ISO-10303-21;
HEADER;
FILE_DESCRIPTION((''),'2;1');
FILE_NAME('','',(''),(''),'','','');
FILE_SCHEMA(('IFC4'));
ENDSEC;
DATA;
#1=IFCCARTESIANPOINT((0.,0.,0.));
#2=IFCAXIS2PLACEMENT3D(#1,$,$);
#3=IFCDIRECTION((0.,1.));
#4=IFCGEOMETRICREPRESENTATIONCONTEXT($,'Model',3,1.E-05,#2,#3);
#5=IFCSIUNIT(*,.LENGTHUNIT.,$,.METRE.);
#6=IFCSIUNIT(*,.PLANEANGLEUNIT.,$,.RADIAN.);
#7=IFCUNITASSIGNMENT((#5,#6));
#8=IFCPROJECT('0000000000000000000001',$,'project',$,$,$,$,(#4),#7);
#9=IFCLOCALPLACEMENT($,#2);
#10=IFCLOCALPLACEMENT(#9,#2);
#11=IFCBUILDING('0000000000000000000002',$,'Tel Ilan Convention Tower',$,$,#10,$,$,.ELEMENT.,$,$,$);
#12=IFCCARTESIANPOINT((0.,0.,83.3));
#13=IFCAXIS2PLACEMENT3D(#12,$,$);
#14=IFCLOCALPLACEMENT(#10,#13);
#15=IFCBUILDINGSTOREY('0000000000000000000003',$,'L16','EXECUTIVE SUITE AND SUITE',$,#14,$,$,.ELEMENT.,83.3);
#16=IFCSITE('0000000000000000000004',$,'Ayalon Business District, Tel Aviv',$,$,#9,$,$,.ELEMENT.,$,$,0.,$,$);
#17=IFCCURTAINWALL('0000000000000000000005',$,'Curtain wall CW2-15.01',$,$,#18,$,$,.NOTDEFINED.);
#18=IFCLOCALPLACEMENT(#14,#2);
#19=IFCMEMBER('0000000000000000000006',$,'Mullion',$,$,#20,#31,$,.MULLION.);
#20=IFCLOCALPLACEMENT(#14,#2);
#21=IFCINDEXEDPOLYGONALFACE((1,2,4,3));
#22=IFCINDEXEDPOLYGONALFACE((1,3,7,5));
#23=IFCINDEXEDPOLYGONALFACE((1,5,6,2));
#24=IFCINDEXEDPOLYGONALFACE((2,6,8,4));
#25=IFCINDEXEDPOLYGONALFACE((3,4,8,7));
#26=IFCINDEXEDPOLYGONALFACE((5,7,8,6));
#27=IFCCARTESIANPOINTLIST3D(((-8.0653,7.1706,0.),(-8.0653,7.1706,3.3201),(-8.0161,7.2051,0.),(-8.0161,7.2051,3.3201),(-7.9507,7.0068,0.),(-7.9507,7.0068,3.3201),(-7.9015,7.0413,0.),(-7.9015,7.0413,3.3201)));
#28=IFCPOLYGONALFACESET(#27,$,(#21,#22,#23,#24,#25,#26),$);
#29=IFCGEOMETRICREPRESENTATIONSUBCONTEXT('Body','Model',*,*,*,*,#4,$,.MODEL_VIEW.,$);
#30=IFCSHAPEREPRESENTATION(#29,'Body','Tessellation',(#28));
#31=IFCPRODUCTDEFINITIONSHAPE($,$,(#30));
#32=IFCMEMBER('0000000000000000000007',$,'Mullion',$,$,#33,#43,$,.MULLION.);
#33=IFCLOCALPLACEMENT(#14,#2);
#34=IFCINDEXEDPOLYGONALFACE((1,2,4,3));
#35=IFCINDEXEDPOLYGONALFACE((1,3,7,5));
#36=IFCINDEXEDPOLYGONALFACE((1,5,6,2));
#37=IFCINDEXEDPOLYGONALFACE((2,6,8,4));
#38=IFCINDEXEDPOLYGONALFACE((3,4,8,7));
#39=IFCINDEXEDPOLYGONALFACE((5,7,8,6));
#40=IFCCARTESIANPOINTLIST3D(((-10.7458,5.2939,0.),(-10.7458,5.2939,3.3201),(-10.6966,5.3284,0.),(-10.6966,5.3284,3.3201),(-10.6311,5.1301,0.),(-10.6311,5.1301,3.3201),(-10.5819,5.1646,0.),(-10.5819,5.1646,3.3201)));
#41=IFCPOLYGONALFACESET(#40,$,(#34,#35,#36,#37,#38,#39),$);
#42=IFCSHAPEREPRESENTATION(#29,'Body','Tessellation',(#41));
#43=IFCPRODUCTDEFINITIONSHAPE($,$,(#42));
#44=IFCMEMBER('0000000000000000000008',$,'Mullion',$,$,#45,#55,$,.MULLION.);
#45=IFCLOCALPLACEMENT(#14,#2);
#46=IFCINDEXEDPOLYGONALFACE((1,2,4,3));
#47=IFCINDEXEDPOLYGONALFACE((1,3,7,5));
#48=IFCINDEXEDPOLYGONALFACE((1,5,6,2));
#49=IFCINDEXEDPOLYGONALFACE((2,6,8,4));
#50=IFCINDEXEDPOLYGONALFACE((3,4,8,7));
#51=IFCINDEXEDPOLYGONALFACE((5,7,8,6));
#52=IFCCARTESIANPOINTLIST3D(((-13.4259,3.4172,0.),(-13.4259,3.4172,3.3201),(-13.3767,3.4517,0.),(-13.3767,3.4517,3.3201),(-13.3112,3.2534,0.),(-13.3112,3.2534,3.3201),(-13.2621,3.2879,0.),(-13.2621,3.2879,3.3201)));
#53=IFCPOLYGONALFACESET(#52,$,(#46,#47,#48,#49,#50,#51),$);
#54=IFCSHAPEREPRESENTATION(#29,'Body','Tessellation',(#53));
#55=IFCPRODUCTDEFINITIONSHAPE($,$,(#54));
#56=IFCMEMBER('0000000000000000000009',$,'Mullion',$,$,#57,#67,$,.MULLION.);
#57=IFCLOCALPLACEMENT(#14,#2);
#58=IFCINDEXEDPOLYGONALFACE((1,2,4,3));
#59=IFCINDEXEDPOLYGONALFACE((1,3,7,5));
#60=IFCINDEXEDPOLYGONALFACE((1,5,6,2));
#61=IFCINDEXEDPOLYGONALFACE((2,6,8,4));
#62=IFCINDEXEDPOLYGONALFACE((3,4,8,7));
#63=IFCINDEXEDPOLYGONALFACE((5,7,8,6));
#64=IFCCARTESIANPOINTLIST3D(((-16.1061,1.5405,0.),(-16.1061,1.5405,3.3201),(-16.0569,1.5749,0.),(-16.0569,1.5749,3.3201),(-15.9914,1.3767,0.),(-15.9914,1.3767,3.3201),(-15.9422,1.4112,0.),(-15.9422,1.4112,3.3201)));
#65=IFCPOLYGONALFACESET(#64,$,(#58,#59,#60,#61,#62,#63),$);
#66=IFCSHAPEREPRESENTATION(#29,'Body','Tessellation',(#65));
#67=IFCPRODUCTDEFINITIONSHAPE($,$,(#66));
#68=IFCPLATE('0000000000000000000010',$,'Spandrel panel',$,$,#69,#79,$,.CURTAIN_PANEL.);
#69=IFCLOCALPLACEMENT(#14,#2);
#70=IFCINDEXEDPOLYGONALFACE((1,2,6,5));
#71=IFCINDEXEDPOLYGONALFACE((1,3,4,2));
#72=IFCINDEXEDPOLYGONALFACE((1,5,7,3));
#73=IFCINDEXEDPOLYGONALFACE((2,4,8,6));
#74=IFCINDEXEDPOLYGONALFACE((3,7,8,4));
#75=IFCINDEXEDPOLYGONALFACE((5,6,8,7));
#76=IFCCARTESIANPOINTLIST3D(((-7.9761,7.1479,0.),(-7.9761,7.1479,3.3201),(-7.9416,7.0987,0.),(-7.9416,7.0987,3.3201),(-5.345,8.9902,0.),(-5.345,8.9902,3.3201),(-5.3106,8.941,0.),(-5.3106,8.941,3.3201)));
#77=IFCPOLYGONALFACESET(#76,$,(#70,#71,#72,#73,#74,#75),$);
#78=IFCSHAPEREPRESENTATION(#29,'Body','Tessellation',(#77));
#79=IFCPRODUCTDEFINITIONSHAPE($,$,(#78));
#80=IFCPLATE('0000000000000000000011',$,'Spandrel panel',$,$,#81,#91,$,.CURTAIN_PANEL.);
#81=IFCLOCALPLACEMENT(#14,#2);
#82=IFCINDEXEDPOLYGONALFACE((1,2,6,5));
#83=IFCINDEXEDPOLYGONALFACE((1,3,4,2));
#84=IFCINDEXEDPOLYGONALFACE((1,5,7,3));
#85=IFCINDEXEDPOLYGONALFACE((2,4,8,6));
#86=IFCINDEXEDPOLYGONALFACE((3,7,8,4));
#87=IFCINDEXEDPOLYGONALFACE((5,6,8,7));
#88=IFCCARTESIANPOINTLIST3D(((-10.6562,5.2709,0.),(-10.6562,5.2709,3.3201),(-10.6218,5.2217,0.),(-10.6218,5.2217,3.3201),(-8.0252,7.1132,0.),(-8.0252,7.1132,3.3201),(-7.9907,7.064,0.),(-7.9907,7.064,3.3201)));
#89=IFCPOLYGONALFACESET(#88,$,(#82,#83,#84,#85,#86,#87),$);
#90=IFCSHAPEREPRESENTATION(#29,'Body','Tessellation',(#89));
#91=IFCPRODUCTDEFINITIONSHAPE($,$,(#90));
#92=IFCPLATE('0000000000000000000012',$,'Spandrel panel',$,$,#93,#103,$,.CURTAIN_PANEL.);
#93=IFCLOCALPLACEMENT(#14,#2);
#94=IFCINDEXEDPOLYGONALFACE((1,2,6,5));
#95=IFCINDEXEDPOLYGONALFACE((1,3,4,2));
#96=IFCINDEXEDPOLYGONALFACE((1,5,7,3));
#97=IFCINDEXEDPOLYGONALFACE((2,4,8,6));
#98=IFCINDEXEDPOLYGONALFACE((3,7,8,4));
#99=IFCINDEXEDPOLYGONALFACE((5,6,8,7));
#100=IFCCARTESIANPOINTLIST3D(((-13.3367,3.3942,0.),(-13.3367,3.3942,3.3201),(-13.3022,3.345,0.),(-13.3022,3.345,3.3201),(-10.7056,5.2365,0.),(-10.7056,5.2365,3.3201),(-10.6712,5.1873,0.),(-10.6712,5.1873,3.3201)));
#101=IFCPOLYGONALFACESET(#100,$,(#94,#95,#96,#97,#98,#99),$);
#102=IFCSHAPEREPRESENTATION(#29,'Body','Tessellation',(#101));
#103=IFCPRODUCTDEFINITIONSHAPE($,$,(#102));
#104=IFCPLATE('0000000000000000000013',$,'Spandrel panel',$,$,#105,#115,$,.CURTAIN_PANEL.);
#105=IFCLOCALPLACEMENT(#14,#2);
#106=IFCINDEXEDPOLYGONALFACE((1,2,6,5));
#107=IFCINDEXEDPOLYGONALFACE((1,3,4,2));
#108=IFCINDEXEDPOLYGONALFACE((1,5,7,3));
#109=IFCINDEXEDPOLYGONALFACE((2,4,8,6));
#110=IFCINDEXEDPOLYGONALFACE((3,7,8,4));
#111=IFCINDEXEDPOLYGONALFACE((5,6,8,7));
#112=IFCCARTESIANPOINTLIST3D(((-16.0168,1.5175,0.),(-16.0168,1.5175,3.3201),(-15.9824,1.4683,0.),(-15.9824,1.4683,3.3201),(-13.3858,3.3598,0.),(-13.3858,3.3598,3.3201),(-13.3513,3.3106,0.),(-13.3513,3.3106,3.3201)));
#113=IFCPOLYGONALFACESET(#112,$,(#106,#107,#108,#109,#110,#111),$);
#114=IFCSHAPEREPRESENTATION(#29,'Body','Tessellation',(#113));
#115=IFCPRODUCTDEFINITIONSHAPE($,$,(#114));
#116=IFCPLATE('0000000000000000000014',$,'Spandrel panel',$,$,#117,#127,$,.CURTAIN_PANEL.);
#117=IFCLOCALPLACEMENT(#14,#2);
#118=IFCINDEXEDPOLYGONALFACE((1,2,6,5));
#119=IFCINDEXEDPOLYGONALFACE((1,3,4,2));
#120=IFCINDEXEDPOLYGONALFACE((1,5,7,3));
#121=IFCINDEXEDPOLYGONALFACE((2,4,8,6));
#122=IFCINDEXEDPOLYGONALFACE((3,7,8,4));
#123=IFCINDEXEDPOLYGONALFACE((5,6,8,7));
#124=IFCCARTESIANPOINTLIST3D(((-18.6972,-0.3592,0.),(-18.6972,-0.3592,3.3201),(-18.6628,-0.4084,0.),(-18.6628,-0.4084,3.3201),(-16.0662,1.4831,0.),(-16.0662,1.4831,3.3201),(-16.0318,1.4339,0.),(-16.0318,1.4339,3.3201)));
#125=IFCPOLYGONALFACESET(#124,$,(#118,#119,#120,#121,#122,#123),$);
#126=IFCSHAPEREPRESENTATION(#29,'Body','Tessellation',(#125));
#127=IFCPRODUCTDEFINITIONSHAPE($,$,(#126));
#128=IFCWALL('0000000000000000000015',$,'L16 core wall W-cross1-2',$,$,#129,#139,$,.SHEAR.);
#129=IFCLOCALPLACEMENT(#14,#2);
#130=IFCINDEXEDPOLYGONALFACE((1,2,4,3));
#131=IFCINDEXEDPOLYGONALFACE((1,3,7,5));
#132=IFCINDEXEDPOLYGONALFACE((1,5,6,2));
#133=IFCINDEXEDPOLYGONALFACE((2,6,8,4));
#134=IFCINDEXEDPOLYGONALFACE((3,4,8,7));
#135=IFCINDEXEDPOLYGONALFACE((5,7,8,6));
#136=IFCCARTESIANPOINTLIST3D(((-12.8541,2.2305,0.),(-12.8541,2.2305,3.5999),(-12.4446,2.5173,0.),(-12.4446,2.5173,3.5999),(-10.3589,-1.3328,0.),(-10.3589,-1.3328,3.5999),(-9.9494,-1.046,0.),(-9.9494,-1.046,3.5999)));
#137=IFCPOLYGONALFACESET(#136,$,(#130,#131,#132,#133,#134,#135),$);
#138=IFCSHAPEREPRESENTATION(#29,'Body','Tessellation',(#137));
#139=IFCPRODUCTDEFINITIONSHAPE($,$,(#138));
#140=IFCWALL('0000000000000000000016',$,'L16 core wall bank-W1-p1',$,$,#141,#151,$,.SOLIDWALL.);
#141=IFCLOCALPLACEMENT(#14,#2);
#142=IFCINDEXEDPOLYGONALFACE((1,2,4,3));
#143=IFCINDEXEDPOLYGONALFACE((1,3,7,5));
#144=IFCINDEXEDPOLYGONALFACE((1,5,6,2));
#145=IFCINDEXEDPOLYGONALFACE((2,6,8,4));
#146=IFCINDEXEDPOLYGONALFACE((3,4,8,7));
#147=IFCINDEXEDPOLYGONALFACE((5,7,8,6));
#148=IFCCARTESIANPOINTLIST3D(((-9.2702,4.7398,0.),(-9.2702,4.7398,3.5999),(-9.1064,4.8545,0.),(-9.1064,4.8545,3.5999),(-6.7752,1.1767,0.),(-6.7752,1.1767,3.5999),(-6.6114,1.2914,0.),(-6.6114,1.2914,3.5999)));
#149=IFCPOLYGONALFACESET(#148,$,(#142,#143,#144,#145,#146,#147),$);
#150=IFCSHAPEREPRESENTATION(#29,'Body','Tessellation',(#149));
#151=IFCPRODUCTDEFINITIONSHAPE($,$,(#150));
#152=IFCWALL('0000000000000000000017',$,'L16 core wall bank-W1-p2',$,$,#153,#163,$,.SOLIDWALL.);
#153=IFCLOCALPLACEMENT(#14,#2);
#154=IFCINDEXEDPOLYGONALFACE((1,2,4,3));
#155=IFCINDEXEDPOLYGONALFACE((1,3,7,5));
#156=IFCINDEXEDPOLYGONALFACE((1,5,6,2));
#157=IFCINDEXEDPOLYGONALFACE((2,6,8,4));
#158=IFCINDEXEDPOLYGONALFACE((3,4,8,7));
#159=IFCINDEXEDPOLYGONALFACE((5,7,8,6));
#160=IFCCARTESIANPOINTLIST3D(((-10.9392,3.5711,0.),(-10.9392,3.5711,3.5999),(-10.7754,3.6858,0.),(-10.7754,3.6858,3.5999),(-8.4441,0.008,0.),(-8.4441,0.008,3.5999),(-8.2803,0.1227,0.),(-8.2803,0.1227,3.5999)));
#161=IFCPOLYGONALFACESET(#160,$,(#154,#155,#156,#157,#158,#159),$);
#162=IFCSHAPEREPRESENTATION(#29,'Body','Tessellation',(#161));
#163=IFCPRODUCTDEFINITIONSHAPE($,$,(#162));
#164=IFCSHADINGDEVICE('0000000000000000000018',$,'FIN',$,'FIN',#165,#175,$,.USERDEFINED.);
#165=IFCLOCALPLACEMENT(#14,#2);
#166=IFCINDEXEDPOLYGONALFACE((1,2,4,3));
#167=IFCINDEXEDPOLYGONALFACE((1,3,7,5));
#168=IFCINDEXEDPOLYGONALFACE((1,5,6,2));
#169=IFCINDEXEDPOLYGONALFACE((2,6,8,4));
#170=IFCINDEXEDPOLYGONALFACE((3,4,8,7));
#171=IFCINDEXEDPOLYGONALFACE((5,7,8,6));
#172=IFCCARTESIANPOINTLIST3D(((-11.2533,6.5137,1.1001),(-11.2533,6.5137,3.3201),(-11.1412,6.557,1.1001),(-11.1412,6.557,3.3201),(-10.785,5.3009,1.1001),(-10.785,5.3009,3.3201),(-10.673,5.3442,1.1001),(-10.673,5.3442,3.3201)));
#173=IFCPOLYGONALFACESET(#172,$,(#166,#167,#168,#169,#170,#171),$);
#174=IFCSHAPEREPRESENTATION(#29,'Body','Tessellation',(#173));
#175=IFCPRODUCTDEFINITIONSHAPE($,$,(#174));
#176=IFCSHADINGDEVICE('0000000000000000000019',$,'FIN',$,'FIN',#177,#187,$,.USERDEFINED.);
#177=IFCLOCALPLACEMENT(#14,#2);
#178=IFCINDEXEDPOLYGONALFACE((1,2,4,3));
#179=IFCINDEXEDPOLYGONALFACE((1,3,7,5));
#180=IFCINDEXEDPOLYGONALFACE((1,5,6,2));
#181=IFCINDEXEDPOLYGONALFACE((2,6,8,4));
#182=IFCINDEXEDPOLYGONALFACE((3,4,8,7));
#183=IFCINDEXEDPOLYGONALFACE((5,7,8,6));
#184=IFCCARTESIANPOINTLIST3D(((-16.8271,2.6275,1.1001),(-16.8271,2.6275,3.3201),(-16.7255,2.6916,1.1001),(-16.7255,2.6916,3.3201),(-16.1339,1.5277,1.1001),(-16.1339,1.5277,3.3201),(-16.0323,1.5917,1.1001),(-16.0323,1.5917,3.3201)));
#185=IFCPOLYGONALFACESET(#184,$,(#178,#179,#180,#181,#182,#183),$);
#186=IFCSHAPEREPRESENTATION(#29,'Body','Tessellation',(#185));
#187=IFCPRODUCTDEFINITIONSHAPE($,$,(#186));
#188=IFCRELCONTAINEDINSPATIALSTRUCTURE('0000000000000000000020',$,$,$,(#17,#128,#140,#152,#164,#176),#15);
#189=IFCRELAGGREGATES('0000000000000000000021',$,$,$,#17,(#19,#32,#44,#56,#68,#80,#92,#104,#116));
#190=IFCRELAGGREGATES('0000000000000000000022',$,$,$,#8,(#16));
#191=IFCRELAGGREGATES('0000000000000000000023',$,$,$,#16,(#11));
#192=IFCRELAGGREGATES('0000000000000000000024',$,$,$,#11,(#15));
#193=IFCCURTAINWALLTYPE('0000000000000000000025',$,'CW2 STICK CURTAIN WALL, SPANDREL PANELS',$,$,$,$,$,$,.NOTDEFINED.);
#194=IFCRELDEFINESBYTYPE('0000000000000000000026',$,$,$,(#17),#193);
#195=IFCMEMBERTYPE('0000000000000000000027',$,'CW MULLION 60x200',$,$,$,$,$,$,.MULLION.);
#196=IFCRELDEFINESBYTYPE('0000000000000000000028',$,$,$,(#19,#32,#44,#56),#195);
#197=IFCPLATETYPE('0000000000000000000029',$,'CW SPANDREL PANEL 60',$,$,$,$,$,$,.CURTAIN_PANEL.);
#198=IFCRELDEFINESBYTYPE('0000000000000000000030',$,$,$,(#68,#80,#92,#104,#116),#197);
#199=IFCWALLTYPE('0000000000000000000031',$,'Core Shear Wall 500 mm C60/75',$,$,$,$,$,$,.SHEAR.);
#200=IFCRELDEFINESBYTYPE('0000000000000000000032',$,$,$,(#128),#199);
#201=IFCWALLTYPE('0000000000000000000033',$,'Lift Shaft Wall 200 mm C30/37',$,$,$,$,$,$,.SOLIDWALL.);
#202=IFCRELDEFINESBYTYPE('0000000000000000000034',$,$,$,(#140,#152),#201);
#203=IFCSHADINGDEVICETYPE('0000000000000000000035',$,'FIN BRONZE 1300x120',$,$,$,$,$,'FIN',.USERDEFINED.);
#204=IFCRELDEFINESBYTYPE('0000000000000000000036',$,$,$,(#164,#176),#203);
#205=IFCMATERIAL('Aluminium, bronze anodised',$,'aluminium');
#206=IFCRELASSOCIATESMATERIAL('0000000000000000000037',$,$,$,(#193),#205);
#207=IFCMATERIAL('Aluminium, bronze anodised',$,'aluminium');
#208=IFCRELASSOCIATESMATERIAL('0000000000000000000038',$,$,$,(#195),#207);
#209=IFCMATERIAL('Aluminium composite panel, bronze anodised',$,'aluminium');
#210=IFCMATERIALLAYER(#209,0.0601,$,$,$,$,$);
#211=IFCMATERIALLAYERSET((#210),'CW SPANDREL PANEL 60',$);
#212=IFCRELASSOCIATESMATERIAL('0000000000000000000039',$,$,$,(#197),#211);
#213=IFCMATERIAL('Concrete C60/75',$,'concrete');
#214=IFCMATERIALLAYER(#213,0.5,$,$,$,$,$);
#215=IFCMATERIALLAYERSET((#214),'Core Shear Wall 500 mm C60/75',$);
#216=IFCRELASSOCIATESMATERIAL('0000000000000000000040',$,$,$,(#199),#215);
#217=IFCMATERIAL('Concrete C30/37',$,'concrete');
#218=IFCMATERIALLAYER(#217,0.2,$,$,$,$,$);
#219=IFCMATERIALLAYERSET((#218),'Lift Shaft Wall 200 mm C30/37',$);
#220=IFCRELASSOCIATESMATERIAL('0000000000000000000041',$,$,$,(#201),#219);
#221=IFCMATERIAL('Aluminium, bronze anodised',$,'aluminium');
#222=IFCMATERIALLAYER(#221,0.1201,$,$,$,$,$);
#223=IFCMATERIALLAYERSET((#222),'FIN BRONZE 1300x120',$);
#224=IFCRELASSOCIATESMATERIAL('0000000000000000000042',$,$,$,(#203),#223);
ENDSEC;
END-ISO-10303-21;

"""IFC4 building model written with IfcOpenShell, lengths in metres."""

from ifc_helpers import new_model, si_unit, direction, frame, frame_2d, origin, origin_2d, place, context, subcontext, project, spatial, polyline, rectangle, outline, extrude, material, layer, layer_set, material_profile, profile_set, type_object, element, aggregate, save


model = new_model("IFC4")

# Units and contexts
model_context = context("Model", 3, precision=1e-05, world=origin(), true_north=direction((0.0, 1.0)))
body_context = subcontext(model_context, "Body", "Model", "MODEL_VIEW")
ifc_project = project(units=[si_unit("LENGTHUNIT", "METRE"), si_unit("PLANEANGLEUNIT", "RADIAN")], contexts=[model_context])

# Site, building, storey
site_placement = place(None, origin())
site = spatial("IfcSite", under=ifc_project, at=site_placement, Name="Ayalon Business District, Tel Aviv", CompositionType="ELEMENT", RefElevation=0.0)
building_placement = place(site_placement, origin())
building = spatial("IfcBuilding", under=site, at=building_placement, Name="Tel Ilan Convention Tower", CompositionType="ELEMENT")
storey_placement = place(building_placement, frame((0.0, 0.0, 83.3)))
storey = spatial("IfcBuildingStorey", under=building, at=storey_placement, Name="L16", Description="EXECUTIVE SUITE AND SUITE", CompositionType="ELEMENT", Elevation=83.3)

# Curtain wall, members, plates
ifc_material_1 = material(Name="Aluminium, bronze anodised", Category="aluminium")
curtain_wall_type = type_object("IfcCurtainWallType", Name="CW2 STICK CURTAIN WALL, SPANDREL PANELS", PredefinedType="NOTDEFINED", material=ifc_material_1)
curtain_wall_placement = place(storey_placement, origin())
curtain_wall = element("IfcCurtainWall", 1, at=curtain_wall_placement, inside=storey, type_object=curtain_wall_type, Name="Curtain wall CW2-15.01", PredefinedType="NOTDEFINED")
ifc_material_2 = material(Name="Aluminium, bronze anodised", Category="aluminium")
ifc_material_profile = material_profile(ifc_material_2, rectangle(XDim=0.0601, YDim=0.2, at=origin_2d()), Name="CW MULLION 60x200")
ifc_profile_set = profile_set([ifc_material_profile], Name="Aluminium, bronze anodised")
member_type = type_object("IfcMemberType", Name="CW MULLION 60x200", PredefinedType="MULLION", material=ifc_profile_set)
member_1_placement = place(storey_placement, frame((-7.9834, 7.106, 0.0), z_axis=(0.0, 0.0, 1.0), x_axis=(-0.819152, -0.573576, 0.0)))
member_1 = element("IfcMember", 2, at=member_1_placement, type_object=member_type, Name="Mullion", PredefinedType="MULLION", context=body_context, shape_type="SweptSolid", body=[
    extrude(rectangle(XDim=0.0601, YDim=0.2, at=origin_2d()), origin(), (0.0, 0.0, 1.0), 3.3201),
])
member_2_placement = place(storey_placement, frame((-10.6638, 5.2292, 0.0), z_axis=(0.0, 0.0, 1.0), x_axis=(-0.819152, -0.573576, 0.0)))
member_2 = element("IfcMember", 3, at=member_2_placement, type_object=member_type, Name="Mullion", PredefinedType="MULLION", context=body_context, shape_type="SweptSolid", body=[
    extrude(rectangle(XDim=0.0601, YDim=0.2, at=origin_2d()), origin(), (0.0, 0.0, 1.0), 3.3201),
])
member_3_placement = place(storey_placement, frame((-13.344, 3.3525, 0.0), z_axis=(0.0, 0.0, 1.0), x_axis=(-0.819152, -0.573576, 0.0)))
member_3 = element("IfcMember", 4, at=member_3_placement, type_object=member_type, Name="Mullion", PredefinedType="MULLION", context=body_context, shape_type="SweptSolid", body=[
    extrude(rectangle(XDim=0.0601, YDim=0.2, at=origin_2d()), origin(), (0.0, 0.0, 1.0), 3.3201),
])
member_4_placement = place(storey_placement, frame((-16.0242, 1.4758, 0.0), z_axis=(0.0, 0.0, 1.0), x_axis=(-0.819152, -0.573576, 0.0)))
member_4 = element("IfcMember", 5, at=member_4_placement, type_object=member_type, Name="Mullion", PredefinedType="MULLION", context=body_context, shape_type="SweptSolid", body=[
    extrude(rectangle(XDim=0.0601, YDim=0.2, at=origin_2d()), origin(), (0.0, 0.0, 1.0), 3.3201),
])
ifc_material_3 = material(Name="Aluminium composite panel, bronze anodised", Category="aluminium")
ifc_layer_1 = layer(ifc_material_3, 0.0601)
ifc_layer_set_1 = layer_set([ifc_layer_1], Name="CW SPANDREL PANEL 60")
plate_type = type_object("IfcPlateType", Name="CW SPANDREL PANEL 60", PredefinedType="CURTAIN_PANEL", material=ifc_layer_set_1)
plate_1_placement = place(storey_placement, frame((-6.6433, 8.0444, 0.0), z_axis=(0.0, 0.0, 1.0), x_axis=(-0.819152, -0.573576, 0.0)))
plate_1 = element("IfcPlate", 6, at=plate_1_placement, type_object=plate_type, Name="Spandrel panel", PredefinedType="CURTAIN_PANEL", context=body_context, shape_type="SweptSolid", body=[
    extrude(rectangle(XDim=3.2119, YDim=0.0601, at=origin_2d()), origin(), (0.0, 0.0, 1.0), 3.3201),
])
plate_2_placement = place(storey_placement, frame((-9.3235, 6.1675, 0.0), z_axis=(0.0, 0.0, 1.0), x_axis=(-0.819152, -0.573576, 0.0)))
plate_2 = element("IfcPlate", 7, at=plate_2_placement, type_object=plate_type, Name="Spandrel panel", PredefinedType="CURTAIN_PANEL", context=body_context, shape_type="SweptSolid", body=[
    extrude(rectangle(XDim=3.2119, YDim=0.0601, at=origin_2d()), origin(), (0.0, 0.0, 1.0), 3.3201),
])
plate_3_placement = place(storey_placement, frame((-12.0039, 4.2908, 0.0), z_axis=(0.0, 0.0, 1.0), x_axis=(-0.819152, -0.573576, 0.0)))
plate_3 = element("IfcPlate", 8, at=plate_3_placement, type_object=plate_type, Name="Spandrel panel", PredefinedType="CURTAIN_PANEL", context=body_context, shape_type="SweptSolid", body=[
    extrude(rectangle(XDim=3.2119, YDim=0.0601, at=origin_2d()), origin(), (0.0, 0.0, 1.0), 3.3201),
])
plate_4_placement = place(storey_placement, frame((-14.6841, 2.4141, 0.0), z_axis=(0.0, 0.0, 1.0), x_axis=(-0.819152, -0.573576, 0.0)))
plate_4 = element("IfcPlate", 9, at=plate_4_placement, type_object=plate_type, Name="Spandrel panel", PredefinedType="CURTAIN_PANEL", context=body_context, shape_type="SweptSolid", body=[
    extrude(rectangle(XDim=3.2119, YDim=0.0601, at=origin_2d()), origin(), (0.0, 0.0, 1.0), 3.3201),
])
plate_5_placement = place(storey_placement, frame((-17.3645, 0.5374, 0.0), z_axis=(0.0, 0.0, 1.0), x_axis=(-0.819152, -0.573576, 0.0)))
plate_5 = element("IfcPlate", 10, at=plate_5_placement, type_object=plate_type, Name="Spandrel panel", PredefinedType="CURTAIN_PANEL", context=body_context, shape_type="SweptSolid", body=[
    extrude(rectangle(XDim=3.2119, YDim=0.0601, at=origin_2d()), origin(), (0.0, 0.0, 1.0), 3.3201),
])
aggregate(curtain_wall, [member_1, member_2, member_3, member_4, plate_1, plate_2, plate_3, plate_4, plate_5])

# Walls
ifc_material_4 = material(Name="Concrete C60/75", Category="concrete")
ifc_layer_2 = layer(ifc_material_4, 0.5)
ifc_layer_set_2 = layer_set([ifc_layer_2], Name="Core Shear Wall 500 mm C60/75")
wall_type_1 = type_object("IfcWallType", Name="Core Shear Wall 500 mm C60/75", PredefinedType="SHEAR", material=ifc_layer_set_2)
wall_placement = place(storey_placement, frame((-10.1543, -1.1892, 0.0), z_axis=(0.0, 0.0, 1.0), x_axis=(-0.573594, 0.81914, 0.0)))
element("IfcWall", 11, at=wall_placement, inside=storey, type_object=wall_type_1, Name="L16 core wall W-cross1-2", PredefinedType="SHEAR", context=body_context, shape_type="SweptSolid", body=[
    extrude(outline(polyline([(4.3499, -0.25), (4.3499, 0.25), (-0.0002, 0.25), (-0.0002, -0.25), (4.3499, -0.25)])), origin(), (0.0, 0.0, 1.0), 3.5999),
])
ifc_material_5 = material(Name="Concrete C30/37", Category="concrete")
ifc_layer_3 = layer(ifc_material_5, 0.2)
ifc_layer_set_3 = layer_set([ifc_layer_3], Name="Lift Shaft Wall 200 mm C30/37")
wall_type_2 = type_object("IfcWallType", Name="Lift Shaft Wall 200 mm C30/37", PredefinedType="SOLIDWALL", material=ifc_layer_set_3)
for number, where, z_axis, x_axis, name in (
    (12, (-6.6934, 1.2341, 0.0), (0.0, 0.0, 1.0), (-0.573594, 0.81914, 0.0), "L16 core wall bank-W1-p1"),
    (13, (-8.3623, 0.0654, 0.0), (0.0, 0.0, 1.0), (-0.573594, 0.81914, 0.0), "L16 core wall bank-W1-p2"),
):
    element("IfcWall", number, at=place(storey_placement, frame(where, z_axis=z_axis, x_axis=x_axis)), inside=storey, type_object=wall_type_2, Name=name, PredefinedType="SOLIDWALL", context=body_context, shape_type="SweptSolid", body=[
        extrude(rectangle(XDim=4.3499, YDim=0.2, at=frame_2d((2.1748, 0.0))), origin(), (0.0, 0.0, 1.0), 3.5999),
    ])

# Shading devices
ifc_material_6 = material(Name="Aluminium, bronze anodised", Category="aluminium")
ifc_layer_4 = layer(ifc_material_6, 0.1201)
ifc_layer_set_4 = layer_set([ifc_layer_4], Name="FIN BRONZE 1300x120")
shading_device_type = type_object("IfcShadingDeviceType", Name="FIN BRONZE 1300x120", ElementType="FIN", PredefinedType="USERDEFINED", material=ifc_layer_set_4)
for number, where, z_axis, x_axis, name in (
    (14, (-10.9631, 5.929, 1.1001), (0.0, 0.0, 1.0), (-0.360178, 0.932884, 0.0), "FIN"),
    (15, (-16.4297, 2.1096, 1.1001), (0.0, 0.0, 1.0), (-0.533204, 0.845986, 0.0), "FIN"),
):
    element("IfcShadingDevice", number, at=place(storey_placement, frame(where, z_axis=z_axis, x_axis=x_axis)), inside=storey, type_object=shading_device_type, Name=name, ObjectType="FIN", PredefinedType="USERDEFINED", context=body_context, shape_type="SweptSolid", body=[
        extrude(rectangle(XDim=1.3, YDim=0.1201, at=origin_2d()), origin(), (0.0, 0.0, 1.0), 2.22),
    ])

save(model, "model.ifc")
